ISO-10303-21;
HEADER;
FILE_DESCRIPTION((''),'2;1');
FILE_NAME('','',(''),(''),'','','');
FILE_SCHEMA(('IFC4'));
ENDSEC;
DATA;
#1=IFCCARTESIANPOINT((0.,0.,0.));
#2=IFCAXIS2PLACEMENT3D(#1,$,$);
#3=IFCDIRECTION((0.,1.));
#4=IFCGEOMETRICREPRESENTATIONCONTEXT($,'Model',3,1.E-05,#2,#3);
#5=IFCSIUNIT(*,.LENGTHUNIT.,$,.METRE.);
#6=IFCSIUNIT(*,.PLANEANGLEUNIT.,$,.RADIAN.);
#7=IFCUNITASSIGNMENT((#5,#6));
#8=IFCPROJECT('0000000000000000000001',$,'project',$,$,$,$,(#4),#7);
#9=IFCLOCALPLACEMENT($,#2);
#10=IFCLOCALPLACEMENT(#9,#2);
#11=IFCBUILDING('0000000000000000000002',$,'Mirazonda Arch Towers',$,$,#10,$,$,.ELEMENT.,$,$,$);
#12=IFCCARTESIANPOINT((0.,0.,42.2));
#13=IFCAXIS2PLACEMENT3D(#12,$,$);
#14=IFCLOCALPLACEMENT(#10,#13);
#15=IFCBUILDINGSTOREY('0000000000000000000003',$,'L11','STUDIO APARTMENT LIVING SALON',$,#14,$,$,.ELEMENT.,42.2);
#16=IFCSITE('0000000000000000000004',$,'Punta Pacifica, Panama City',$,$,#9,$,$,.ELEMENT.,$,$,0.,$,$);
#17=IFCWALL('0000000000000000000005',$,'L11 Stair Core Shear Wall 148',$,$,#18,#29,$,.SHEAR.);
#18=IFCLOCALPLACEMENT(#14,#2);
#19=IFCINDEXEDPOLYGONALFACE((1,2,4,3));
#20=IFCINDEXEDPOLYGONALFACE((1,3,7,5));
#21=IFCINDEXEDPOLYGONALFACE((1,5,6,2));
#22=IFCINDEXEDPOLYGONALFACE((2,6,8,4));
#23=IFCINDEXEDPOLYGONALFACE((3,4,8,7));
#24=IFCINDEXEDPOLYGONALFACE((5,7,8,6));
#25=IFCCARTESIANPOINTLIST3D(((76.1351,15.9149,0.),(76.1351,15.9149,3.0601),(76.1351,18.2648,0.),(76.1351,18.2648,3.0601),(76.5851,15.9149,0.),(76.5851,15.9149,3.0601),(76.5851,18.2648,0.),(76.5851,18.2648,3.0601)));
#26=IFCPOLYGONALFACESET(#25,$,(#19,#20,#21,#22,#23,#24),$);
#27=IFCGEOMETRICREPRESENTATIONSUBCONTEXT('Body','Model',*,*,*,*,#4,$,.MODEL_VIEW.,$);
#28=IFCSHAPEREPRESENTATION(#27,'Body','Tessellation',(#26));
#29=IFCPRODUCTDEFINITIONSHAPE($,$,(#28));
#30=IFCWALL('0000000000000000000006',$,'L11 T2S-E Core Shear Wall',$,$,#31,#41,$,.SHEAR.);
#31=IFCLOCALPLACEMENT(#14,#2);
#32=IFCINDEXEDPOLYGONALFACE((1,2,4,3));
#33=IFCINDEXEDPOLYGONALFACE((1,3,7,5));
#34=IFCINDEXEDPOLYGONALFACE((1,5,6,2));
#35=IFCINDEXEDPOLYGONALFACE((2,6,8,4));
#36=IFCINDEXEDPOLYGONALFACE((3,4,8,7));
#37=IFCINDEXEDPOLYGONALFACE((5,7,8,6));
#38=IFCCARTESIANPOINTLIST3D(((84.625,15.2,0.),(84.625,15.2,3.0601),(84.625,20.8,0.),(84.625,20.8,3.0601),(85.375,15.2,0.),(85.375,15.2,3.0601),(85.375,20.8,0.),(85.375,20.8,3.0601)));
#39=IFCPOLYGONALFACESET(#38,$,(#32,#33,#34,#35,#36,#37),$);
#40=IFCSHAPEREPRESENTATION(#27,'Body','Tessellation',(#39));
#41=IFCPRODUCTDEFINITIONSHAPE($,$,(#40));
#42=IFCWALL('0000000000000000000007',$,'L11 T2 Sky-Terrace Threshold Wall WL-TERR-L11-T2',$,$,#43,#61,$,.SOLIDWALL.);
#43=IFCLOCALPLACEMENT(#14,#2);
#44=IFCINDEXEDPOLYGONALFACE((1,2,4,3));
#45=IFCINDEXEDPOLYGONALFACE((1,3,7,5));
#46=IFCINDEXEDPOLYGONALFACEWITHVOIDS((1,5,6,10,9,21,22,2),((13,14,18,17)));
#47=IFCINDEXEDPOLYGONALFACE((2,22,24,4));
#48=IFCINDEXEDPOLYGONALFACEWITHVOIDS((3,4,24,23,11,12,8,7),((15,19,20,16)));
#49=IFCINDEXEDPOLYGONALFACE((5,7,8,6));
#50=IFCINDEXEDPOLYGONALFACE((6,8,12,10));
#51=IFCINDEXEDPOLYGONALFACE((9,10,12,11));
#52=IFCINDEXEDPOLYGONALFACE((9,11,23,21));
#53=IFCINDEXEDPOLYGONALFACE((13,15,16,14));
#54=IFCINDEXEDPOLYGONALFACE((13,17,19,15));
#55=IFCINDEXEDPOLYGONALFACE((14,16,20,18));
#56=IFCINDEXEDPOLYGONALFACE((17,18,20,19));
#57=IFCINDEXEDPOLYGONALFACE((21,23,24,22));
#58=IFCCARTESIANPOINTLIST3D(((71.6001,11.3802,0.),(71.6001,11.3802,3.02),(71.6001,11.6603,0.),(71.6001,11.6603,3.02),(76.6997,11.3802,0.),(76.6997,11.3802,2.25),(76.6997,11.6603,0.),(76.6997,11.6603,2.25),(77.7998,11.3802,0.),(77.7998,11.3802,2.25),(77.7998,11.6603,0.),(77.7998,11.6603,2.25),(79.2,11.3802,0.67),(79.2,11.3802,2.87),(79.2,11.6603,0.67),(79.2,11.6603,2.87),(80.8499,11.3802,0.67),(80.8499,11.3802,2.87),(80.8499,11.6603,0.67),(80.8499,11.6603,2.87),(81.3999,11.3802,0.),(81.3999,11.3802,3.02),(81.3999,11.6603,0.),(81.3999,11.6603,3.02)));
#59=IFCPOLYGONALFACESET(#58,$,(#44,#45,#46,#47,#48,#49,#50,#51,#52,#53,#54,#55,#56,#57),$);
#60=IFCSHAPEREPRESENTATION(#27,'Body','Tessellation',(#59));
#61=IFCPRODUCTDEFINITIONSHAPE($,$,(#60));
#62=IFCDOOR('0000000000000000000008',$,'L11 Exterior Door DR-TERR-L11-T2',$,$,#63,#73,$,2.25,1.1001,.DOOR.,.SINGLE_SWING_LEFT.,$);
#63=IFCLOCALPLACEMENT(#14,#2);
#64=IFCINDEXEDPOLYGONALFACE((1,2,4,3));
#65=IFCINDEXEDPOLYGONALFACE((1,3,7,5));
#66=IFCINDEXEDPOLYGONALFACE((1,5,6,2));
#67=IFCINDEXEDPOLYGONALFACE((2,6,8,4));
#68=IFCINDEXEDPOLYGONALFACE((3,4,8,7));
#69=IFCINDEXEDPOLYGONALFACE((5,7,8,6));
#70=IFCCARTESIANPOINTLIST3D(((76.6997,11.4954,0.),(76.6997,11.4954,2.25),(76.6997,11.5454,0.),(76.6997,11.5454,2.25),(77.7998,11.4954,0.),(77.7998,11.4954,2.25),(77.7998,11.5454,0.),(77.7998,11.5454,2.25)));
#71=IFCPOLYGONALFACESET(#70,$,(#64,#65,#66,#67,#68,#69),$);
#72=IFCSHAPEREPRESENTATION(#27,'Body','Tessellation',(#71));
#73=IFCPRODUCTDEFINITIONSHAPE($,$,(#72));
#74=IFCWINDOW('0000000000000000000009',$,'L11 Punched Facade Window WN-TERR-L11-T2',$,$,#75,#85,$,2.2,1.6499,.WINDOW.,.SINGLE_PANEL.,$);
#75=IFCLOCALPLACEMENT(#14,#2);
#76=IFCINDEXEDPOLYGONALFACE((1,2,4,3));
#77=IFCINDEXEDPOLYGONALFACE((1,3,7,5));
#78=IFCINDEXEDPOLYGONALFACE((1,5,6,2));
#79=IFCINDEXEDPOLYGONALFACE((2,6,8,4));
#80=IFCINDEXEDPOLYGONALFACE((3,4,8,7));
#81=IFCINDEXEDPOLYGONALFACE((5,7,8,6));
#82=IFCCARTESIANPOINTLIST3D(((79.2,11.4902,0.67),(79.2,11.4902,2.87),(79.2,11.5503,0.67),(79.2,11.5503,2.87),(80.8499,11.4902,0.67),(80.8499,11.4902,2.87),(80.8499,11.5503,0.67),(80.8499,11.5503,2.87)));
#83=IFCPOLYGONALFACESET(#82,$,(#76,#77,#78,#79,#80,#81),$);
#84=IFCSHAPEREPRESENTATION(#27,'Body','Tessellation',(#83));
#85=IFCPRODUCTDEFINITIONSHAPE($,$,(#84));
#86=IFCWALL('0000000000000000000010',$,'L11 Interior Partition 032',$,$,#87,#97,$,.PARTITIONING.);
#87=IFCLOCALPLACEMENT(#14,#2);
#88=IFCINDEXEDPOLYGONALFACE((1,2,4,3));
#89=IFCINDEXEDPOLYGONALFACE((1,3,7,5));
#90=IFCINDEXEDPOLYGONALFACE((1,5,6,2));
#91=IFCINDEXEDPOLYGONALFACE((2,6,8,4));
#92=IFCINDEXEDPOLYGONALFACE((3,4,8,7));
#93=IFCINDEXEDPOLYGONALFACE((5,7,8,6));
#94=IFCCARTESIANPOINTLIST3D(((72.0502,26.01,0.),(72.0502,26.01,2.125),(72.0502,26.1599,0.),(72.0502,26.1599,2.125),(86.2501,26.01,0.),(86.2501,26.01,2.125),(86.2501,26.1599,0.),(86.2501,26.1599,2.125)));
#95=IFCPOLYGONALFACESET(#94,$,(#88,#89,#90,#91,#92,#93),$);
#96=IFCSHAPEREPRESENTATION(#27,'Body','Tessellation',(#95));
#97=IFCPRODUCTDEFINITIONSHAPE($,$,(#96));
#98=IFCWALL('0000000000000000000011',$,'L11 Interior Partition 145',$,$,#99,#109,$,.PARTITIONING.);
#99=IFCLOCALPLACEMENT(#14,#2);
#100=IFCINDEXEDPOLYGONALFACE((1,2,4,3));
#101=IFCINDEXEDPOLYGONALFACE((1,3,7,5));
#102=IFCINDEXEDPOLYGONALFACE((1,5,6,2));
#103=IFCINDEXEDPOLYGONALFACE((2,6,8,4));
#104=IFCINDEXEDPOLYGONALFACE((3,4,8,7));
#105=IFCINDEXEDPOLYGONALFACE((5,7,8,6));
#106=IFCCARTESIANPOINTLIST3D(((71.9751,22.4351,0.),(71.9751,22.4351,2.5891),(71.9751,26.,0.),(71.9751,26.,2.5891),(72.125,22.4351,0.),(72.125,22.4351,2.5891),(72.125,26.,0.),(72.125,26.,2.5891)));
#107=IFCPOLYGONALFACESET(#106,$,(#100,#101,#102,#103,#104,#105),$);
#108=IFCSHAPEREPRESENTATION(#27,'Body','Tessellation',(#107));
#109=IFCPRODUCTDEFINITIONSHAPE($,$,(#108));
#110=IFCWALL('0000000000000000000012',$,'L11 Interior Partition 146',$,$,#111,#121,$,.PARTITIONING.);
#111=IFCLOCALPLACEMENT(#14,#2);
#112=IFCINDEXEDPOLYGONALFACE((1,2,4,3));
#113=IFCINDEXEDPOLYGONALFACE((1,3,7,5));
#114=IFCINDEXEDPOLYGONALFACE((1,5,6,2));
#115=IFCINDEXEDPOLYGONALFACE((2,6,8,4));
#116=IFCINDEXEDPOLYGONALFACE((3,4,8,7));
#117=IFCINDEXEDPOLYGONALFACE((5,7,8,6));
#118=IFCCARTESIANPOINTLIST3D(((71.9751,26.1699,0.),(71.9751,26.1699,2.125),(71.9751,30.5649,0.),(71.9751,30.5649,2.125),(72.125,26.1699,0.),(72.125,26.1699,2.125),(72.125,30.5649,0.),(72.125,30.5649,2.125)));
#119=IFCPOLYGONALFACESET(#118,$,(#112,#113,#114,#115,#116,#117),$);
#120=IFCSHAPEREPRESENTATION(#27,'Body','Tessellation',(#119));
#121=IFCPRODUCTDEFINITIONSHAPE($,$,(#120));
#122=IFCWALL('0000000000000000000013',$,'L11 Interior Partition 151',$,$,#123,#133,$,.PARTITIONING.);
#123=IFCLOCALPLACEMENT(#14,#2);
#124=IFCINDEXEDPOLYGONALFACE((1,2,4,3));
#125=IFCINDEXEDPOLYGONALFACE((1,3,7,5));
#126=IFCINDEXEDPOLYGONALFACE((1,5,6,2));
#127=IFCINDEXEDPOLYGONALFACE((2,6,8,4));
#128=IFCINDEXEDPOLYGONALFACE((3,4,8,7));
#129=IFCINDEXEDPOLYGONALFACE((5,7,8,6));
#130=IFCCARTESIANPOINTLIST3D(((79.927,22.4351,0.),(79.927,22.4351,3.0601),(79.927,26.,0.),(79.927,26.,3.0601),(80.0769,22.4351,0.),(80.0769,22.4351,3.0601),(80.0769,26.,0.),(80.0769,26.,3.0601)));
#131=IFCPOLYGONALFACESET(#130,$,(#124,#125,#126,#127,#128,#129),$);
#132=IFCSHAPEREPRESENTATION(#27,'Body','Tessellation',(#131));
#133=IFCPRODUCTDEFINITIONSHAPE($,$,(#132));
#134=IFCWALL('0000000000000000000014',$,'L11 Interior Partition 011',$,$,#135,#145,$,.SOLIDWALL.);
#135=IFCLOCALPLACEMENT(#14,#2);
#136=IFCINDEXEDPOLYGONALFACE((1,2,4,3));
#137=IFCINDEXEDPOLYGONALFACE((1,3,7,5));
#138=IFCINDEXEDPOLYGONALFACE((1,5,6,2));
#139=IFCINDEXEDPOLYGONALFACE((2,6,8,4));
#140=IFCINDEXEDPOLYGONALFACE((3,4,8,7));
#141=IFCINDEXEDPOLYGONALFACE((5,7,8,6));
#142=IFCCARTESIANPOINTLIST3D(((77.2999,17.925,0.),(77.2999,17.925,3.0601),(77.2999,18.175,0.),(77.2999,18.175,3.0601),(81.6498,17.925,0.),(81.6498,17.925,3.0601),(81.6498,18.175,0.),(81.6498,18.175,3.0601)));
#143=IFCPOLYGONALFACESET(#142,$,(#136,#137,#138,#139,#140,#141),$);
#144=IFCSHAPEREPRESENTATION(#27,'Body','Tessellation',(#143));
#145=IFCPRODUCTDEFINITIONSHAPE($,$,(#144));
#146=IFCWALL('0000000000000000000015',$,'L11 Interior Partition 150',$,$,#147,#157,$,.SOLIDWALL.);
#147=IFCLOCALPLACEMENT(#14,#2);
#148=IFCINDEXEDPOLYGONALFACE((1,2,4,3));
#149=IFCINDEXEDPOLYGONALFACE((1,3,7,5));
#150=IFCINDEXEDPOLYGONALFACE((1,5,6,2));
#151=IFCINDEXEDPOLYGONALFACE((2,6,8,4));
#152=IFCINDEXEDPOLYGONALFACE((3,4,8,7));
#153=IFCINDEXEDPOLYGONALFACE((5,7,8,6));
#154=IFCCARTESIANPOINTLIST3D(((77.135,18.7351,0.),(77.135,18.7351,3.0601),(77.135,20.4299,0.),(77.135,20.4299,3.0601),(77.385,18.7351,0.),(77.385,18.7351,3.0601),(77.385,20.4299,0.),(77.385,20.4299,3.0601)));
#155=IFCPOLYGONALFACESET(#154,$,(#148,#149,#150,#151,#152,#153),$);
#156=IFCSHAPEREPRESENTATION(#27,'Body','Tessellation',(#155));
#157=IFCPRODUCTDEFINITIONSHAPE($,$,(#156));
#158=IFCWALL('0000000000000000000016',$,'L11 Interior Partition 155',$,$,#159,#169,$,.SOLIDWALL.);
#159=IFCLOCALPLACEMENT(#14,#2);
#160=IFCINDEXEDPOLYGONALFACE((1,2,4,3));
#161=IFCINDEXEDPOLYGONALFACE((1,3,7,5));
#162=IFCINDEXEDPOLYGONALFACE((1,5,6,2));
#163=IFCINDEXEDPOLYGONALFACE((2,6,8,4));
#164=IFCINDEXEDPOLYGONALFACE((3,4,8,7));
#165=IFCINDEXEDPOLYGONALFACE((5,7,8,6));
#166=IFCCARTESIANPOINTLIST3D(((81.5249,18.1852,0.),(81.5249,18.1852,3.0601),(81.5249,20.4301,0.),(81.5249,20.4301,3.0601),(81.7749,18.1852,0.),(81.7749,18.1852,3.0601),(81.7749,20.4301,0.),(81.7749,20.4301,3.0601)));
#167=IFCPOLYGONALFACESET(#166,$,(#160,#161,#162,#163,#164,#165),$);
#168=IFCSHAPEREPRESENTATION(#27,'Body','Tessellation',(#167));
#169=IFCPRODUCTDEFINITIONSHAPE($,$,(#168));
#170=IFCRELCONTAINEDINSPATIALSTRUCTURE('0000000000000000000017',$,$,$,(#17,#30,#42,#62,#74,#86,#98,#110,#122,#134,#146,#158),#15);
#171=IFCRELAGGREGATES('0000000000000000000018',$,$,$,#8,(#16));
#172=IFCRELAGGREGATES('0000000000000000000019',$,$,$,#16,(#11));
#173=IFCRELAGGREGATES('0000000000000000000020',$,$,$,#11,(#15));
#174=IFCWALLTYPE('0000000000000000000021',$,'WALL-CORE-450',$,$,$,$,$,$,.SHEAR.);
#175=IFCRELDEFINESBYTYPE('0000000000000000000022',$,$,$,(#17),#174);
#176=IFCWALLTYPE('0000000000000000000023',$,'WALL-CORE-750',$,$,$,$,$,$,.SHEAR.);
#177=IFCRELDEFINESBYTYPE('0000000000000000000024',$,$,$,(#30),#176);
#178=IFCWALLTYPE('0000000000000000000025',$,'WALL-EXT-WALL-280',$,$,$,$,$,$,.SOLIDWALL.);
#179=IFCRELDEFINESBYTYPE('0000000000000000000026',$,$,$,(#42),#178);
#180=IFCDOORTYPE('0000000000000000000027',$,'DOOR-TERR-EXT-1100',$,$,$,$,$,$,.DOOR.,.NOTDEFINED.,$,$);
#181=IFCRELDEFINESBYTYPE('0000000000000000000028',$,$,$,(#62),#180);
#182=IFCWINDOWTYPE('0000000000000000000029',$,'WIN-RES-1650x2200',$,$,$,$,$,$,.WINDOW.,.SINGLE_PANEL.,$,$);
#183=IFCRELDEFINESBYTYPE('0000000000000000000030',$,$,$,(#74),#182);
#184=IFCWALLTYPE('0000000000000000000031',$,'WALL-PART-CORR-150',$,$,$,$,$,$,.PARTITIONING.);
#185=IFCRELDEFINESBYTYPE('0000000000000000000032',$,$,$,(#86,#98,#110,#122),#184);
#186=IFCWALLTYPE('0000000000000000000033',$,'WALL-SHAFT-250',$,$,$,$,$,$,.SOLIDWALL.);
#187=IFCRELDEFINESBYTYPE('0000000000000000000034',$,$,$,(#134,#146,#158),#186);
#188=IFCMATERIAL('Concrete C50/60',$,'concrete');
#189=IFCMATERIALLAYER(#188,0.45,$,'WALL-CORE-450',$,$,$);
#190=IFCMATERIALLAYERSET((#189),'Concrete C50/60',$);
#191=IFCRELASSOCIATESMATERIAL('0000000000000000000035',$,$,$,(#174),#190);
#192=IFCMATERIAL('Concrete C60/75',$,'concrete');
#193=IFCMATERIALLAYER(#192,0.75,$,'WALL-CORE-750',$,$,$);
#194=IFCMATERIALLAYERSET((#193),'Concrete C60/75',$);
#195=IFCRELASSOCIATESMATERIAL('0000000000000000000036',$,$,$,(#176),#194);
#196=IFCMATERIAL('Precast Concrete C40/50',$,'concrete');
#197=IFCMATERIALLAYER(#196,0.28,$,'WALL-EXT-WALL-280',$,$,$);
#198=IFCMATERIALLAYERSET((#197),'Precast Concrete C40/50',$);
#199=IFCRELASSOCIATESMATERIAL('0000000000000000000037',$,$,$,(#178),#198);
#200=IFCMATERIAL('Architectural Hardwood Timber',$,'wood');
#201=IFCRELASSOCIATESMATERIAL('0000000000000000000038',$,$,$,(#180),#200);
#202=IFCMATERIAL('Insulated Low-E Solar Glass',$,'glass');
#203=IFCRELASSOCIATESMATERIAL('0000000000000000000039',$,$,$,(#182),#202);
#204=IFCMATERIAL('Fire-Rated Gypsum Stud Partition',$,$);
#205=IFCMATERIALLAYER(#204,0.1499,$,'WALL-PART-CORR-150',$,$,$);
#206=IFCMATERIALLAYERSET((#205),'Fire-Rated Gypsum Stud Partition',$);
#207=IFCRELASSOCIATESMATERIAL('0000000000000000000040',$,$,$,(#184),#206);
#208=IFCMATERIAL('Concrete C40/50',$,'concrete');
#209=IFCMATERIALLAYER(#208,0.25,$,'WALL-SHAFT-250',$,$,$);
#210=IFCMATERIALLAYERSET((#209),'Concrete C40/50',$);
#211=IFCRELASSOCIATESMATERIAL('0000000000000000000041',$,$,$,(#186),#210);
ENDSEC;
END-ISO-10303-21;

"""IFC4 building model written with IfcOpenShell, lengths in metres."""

from ifc_helpers import new_model, si_unit, direction, frame, frame_2d, origin, place, context, subcontext, project, spatial, rectangle, extrude, material, layer, layer_set, type_object, element, fill, save


model = new_model("IFC4")

# Units and contexts
model_context = context("Model", 3, precision=1e-05, world=origin(), true_north=direction((0.0, 1.0)))
body_context = subcontext(model_context, "Body", "Model", "MODEL_VIEW")
ifc_project = project(units=[si_unit("LENGTHUNIT", "METRE"), si_unit("PLANEANGLEUNIT", "RADIAN")], contexts=[model_context])

# Site, building, storey
site_placement = place(None, origin())
site = spatial("IfcSite", under=ifc_project, at=site_placement, Name="Punta Pacifica, Panama City", CompositionType="ELEMENT", RefElevation=0.0)
building_placement = place(site_placement, origin())
building = spatial("IfcBuilding", under=site, at=building_placement, Name="Mirazonda Arch Towers", CompositionType="ELEMENT")
storey_placement = place(building_placement, frame((0.0, 0.0, 42.2)))
storey = spatial("IfcBuildingStorey", under=building, at=storey_placement, Name="L11", Description="STUDIO APARTMENT LIVING SALON", CompositionType="ELEMENT", Elevation=42.2)

# Shared definitions
ifc_material_1 = material(Name="Concrete C60/75", Category="concrete")

# Walls
ifc_material_2 = material(Name="Concrete C50/60", Category="concrete")
ifc_layer_1 = layer(ifc_material_2, 0.45, Name="WALL-CORE-450")
ifc_layer_set_1 = layer_set([ifc_layer_1], Name="Concrete C50/60")
wall_type_1 = type_object("IfcWallType", Name="WALL-CORE-450", PredefinedType="SHEAR", material=ifc_layer_set_1)
wall_1_placement = place(storey_placement, frame((76.3601, 15.915, 0.0), z_axis=(0.0, 0.0, 1.0), x_axis=(0.0, 1.0, 0.0)))
element("IfcWall", 1, at=wall_1_placement, inside=storey, type_object=wall_type_1, Name="L11 Stair Core Shear Wall 148", PredefinedType="SHEAR", context=body_context, shape_type="SweptSolid", body=[
    extrude(rectangle(XDim=2.3499, YDim=0.45, at=frame_2d((1.1748, 0.0))), origin(), (0.0, 0.0, 1.0), 3.0601),
])
ifc_layer_2 = layer(ifc_material_1, 0.75, Name="WALL-CORE-750")
ifc_layer_set_2 = layer_set([ifc_layer_2], Name="Concrete C60/75")
wall_type_2 = type_object("IfcWallType", Name="WALL-CORE-750", PredefinedType="SHEAR", material=ifc_layer_set_2)
wall_2_placement = place(storey_placement, frame((85.0, 15.2, 0.0), z_axis=(0.0, 0.0, 1.0), x_axis=(0.0, 1.0, 0.0)))
element("IfcWall", 2, at=wall_2_placement, inside=storey, type_object=wall_type_2, Name="L11 T2S-E Core Shear Wall", PredefinedType="SHEAR", context=body_context, shape_type="SweptSolid", body=[
    extrude(rectangle(XDim=5.6001, YDim=0.75, at=frame_2d((2.8, 0.0))), origin(), (0.0, 0.0, 1.0), 3.0601),
])

# Wall, openings, door, window
ifc_material_3 = material(Name="Precast Concrete C40/50", Category="concrete")
ifc_layer_3 = layer(ifc_material_3, 0.28, Name="WALL-EXT-WALL-280")
ifc_layer_set_3 = layer_set([ifc_layer_3], Name="Precast Concrete C40/50")
wall_type_3 = type_object("IfcWallType", Name="WALL-EXT-WALL-280", PredefinedType="SOLIDWALL", material=ifc_layer_set_3)
wall_3_placement = place(storey_placement, frame((81.3999, 11.5203, 0.0), z_axis=(0.0, 0.0, 1.0), x_axis=(-1.0, 0.0, 0.0)))
wall_3 = element("IfcWall", 3, at=wall_3_placement, inside=storey, type_object=wall_type_3, Name="L11 T2 Sky-Terrace Threshold Wall WL-TERR-L11-T2", PredefinedType="SOLIDWALL", context=body_context, shape_type="SweptSolid", body=[
    extrude(rectangle(XDim=9.7998, YDim=0.28, at=frame_2d((4.8999, 0.0))), origin(), (0.0, 0.0, 1.0), 3.02),
])
opening_1_placement = place(wall_3_placement, frame((0.55, 0.0, 0.6699)))
opening_1 = element("IfcOpeningElement", 4, at=opening_1_placement, cuts=wall_3, PredefinedType="OPENING", context=body_context, shape_type="SweptSolid", body=[
    extrude(rectangle(XDim=1.6499, YDim=2.2, at=frame_2d((0.825, 1.1001))), frame((0.0, 0.1499, 0.0), z_axis=(0.0, -1.0, 0.0), x_axis=(1.0, 0.0, 0.0)), (0.0, 0.0, 1.0), 0.3),
])
opening_2_placement = place(wall_3_placement, frame((3.6001, 0.0, 0.0)))
opening_2 = element("IfcOpeningElement", 5, at=opening_2_placement, cuts=wall_3, PredefinedType="OPENING", context=body_context, shape_type="SweptSolid", body=[
    extrude(rectangle(XDim=1.1001, YDim=2.25, at=frame_2d((0.55, 1.125))), frame((0.0, 0.1499, 0.0), z_axis=(0.0, -1.0, 0.0), x_axis=(1.0, 0.0, 0.0)), (0.0, 0.0, 1.0), 0.3),
])
ifc_material_4 = material(Name="Architectural Hardwood Timber", Category="wood")
door_type = type_object("IfcDoorType", Name="DOOR-TERR-EXT-1100", OperationType="NOTDEFINED", PredefinedType="DOOR", material=ifc_material_4)
door_placement = place(opening_2_placement, origin())
door = element("IfcDoor", 6, at=door_placement, inside=storey, type_object=door_type, Name="L11 Exterior Door DR-TERR-L11-T2", OperationType="SINGLE_SWING_LEFT", OverallHeight=2.25, OverallWidth=1.1001, PredefinedType="DOOR", context=body_context, shape_type="SweptSolid", body=[
    extrude(rectangle(XDim=1.1001, YDim=2.25, at=frame_2d((0.55, 1.125))), frame((0.0, 0.0249, 0.0), z_axis=(0.0, -1.0, 0.0), x_axis=(1.0, 0.0, 0.0)), (0.0, 0.0, 1.0), 0.05),
])
fill(opening_2, door)
ifc_material_5 = material(Name="Insulated Low-E Solar Glass", Category="glass")
window_type = type_object("IfcWindowType", Name="WIN-RES-1650x2200", PartitioningType="SINGLE_PANEL", PredefinedType="WINDOW", material=ifc_material_5)
window_placement = place(opening_1_placement, origin())
window = element("IfcWindow", 7, at=window_placement, inside=storey, type_object=window_type, Name="L11 Punched Facade Window WN-TERR-L11-T2", OverallHeight=2.2, OverallWidth=1.6499, PartitioningType="SINGLE_PANEL", PredefinedType="WINDOW", context=body_context, shape_type="SweptSolid", body=[
    extrude(rectangle(XDim=1.6499, YDim=2.2, at=frame_2d((0.825, 1.1001))), frame((0.0, 0.03, 0.0), z_axis=(0.0, -1.0, 0.0), x_axis=(1.0, 0.0, 0.0)), (0.0, 0.0, 1.0), 0.0601),
])
fill(opening_1, window)

# Walls
ifc_material_6 = material(Name="Fire-Rated Gypsum Stud Partition")
ifc_layer_4 = layer(ifc_material_6, 0.1499, Name="WALL-PART-CORR-150")
ifc_layer_set_4 = layer_set([ifc_layer_4], Name="Fire-Rated Gypsum Stud Partition")
wall_type_4 = type_object("IfcWallType", Name="WALL-PART-CORR-150", PredefinedType="PARTITIONING", material=ifc_layer_set_4)
wall_4_placement = place(storey_placement, frame((72.05, 26.085, 0.0), z_axis=(0.0, 0.0, 1.0), x_axis=(1.0, 0.0, 0.0)))
element("IfcWall", 8, at=wall_4_placement, inside=storey, type_object=wall_type_4, Name="L11 Interior Partition 032", PredefinedType="PARTITIONING", context=body_context, shape_type="SweptSolid", body=[
    extrude(rectangle(XDim=14.2, YDim=0.1499, at=frame_2d((7.1001, 0.0))), origin(), (0.0, 0.0, 1.0), 2.125),
])
wall_5_placement = place(storey_placement, frame((72.05, 22.4351, 0.0), z_axis=(0.0, 0.0, 1.0), x_axis=(0.0, 1.0, 0.0)))
element("IfcWall", 9, at=wall_5_placement, inside=storey, type_object=wall_type_4, Name="L11 Interior Partition 145", PredefinedType="PARTITIONING", context=body_context, shape_type="SweptSolid", body=[
    extrude(rectangle(XDim=3.5649, YDim=0.1499, at=frame_2d((1.7825, 0.0))), origin(), (0.0, 0.0, 1.0), 2.5891),
])
wall_6_placement = place(storey_placement, frame((72.05, 26.1699, 0.0), z_axis=(0.0, 0.0, 1.0), x_axis=(0.0, 1.0, 0.0)))
element("IfcWall", 10, at=wall_6_placement, inside=storey, type_object=wall_type_4, Name="L11 Interior Partition 146", PredefinedType="PARTITIONING", context=body_context, shape_type="SweptSolid", body=[
    extrude(rectangle(XDim=4.395, YDim=0.1499, at=frame_2d((2.1975, 0.0))), origin(), (0.0, 0.0, 1.0), 2.125),
])
wall_7_placement = place(storey_placement, frame((80.002, 22.4351, 0.0), z_axis=(0.0, 0.0, 1.0), x_axis=(0.0, 1.0, 0.0)))
element("IfcWall", 11, at=wall_7_placement, inside=storey, type_object=wall_type_4, Name="L11 Interior Partition 151", PredefinedType="PARTITIONING", context=body_context, shape_type="SweptSolid", body=[
    extrude(rectangle(XDim=3.5649, YDim=0.1499, at=frame_2d((1.7825, 0.0))), origin(), (0.0, 0.0, 1.0), 3.0601),
])
ifc_material_7 = material(Name="Concrete C40/50", Category="concrete")
ifc_layer_5 = layer(ifc_material_7, 0.25, Name="WALL-SHAFT-250")
ifc_layer_set_5 = layer_set([ifc_layer_5], Name="Concrete C40/50")
wall_type_5 = type_object("IfcWallType", Name="WALL-SHAFT-250", PredefinedType="SOLIDWALL", material=ifc_layer_set_5)
wall_8_placement = place(storey_placement, frame((77.3, 18.05, 0.0), z_axis=(0.0, 0.0, 1.0), x_axis=(1.0, 0.0, 0.0)))
element("IfcWall", 12, at=wall_8_placement, inside=storey, type_object=wall_type_5, Name="L11 Interior Partition 011", PredefinedType="SOLIDWALL", context=body_context, shape_type="SweptSolid", body=[
    extrude(rectangle(XDim=4.3499, YDim=0.25, at=frame_2d((2.1748, 0.0))), origin(), (0.0, 0.0, 1.0), 3.0601),
])
wall_9_placement = place(storey_placement, frame((77.26, 18.7351, 0.0), z_axis=(0.0, 0.0, 1.0), x_axis=(0.0, 1.0, 0.0)))
element("IfcWall", 13, at=wall_9_placement, inside=storey, type_object=wall_type_5, Name="L11 Interior Partition 150", PredefinedType="SOLIDWALL", context=body_context, shape_type="SweptSolid", body=[
    extrude(rectangle(XDim=1.6948, YDim=0.25, at=frame_2d((0.8474, 0.0))), origin(), (0.0, 0.0, 1.0), 3.0601),
])
wall_10_placement = place(storey_placement, frame((81.6499, 18.1851, 0.0), z_axis=(0.0, 0.0, 1.0), x_axis=(0.0, 1.0, 0.0)))
element("IfcWall", 14, at=wall_10_placement, inside=storey, type_object=wall_type_5, Name="L11 Interior Partition 155", PredefinedType="SOLIDWALL", context=body_context, shape_type="SweptSolid", body=[
    extrude(rectangle(XDim=2.2449, YDim=0.25, at=frame_2d((1.1226, 0.0))), origin(), (0.0, 0.0, 1.0), 3.0601),
])

save(model, "model.ifc")
